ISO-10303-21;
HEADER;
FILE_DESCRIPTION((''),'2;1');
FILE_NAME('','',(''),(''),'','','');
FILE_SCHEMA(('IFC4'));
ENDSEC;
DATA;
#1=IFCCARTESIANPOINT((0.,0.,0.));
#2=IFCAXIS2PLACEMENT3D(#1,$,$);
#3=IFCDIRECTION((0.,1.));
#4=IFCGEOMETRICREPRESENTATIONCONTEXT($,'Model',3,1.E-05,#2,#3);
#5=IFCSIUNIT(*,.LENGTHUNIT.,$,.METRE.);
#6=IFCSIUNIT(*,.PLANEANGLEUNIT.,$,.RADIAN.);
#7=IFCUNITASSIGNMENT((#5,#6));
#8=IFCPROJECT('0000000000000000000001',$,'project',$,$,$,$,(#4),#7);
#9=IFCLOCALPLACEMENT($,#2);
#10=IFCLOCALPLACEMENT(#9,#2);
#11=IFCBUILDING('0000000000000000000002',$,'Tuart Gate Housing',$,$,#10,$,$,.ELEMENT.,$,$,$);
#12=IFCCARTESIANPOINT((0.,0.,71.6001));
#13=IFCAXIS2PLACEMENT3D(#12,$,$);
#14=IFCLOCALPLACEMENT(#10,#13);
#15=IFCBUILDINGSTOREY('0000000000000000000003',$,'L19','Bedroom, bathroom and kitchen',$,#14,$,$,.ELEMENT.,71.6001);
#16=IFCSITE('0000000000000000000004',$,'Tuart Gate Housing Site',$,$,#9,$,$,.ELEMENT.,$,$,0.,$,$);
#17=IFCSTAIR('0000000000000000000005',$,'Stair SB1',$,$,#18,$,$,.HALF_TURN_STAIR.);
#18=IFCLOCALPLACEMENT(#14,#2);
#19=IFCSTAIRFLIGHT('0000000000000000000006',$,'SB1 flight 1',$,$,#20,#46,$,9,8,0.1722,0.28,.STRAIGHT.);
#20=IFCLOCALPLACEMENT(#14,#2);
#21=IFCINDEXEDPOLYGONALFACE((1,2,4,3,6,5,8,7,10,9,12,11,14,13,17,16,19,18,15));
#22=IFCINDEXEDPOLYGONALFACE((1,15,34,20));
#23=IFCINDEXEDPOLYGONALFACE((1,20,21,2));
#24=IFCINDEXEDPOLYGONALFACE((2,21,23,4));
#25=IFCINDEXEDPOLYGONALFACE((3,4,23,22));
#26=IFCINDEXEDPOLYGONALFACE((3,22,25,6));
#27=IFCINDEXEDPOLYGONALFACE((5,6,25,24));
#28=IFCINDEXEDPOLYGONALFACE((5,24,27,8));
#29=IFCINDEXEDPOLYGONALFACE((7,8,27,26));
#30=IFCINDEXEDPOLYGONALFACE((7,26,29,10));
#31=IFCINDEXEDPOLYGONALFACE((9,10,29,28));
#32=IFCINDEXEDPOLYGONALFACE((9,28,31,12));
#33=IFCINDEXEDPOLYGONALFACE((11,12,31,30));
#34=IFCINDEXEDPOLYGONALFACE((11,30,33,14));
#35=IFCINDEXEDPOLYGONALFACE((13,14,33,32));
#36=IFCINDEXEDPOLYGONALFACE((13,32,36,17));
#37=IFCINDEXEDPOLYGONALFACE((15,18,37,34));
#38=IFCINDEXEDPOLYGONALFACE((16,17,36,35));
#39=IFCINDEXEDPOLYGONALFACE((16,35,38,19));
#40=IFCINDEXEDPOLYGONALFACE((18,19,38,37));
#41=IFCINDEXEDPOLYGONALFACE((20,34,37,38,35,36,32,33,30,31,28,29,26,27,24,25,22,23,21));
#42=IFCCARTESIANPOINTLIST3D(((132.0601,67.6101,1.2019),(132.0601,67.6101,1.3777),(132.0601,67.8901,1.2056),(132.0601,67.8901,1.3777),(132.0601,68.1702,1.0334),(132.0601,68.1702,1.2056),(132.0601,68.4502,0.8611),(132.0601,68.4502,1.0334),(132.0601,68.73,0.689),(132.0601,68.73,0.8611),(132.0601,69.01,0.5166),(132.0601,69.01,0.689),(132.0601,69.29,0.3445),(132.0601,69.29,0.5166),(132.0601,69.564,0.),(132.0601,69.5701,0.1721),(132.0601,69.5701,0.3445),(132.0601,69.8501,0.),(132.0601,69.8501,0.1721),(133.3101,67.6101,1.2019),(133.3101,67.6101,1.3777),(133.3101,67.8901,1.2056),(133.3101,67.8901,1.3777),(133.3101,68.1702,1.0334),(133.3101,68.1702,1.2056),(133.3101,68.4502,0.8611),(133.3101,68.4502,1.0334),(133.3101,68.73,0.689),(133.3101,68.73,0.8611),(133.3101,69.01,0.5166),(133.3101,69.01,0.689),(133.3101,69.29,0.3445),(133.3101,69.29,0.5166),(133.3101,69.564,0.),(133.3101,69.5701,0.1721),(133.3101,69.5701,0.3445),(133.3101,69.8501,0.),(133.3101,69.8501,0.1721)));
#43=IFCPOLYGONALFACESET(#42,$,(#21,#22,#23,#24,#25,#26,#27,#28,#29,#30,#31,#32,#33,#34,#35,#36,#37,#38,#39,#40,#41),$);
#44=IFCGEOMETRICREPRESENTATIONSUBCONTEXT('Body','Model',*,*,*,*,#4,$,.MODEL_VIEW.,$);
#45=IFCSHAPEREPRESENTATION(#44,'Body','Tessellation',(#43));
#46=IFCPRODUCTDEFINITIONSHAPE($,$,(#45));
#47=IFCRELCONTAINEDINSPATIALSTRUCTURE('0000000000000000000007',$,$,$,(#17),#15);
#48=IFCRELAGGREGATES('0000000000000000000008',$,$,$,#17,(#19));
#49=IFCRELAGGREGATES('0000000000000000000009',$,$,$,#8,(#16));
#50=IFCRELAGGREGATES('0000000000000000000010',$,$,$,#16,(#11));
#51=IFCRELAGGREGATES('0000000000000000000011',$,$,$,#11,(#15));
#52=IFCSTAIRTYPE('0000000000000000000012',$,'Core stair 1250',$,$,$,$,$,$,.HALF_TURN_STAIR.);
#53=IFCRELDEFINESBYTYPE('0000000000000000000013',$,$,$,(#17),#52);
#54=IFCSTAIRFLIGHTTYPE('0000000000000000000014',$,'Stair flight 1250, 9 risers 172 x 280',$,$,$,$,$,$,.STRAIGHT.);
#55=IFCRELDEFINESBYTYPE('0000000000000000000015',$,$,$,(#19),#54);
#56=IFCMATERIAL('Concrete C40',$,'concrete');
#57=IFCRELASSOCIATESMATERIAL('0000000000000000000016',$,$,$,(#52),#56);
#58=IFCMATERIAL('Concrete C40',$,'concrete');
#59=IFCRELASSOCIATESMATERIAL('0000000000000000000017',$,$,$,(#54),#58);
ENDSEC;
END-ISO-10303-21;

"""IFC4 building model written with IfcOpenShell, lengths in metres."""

from ifc_helpers import new_model, si_unit, direction, frame, origin, place, context, subcontext, project, spatial, polyline, outline, extrude, material, type_object, element, aggregate, save


model = new_model("IFC4")

# Units and contexts
model_context = context("Model", 3, precision=1e-05, world=origin(), true_north=direction((0.0, 1.0)))
body_context = subcontext(model_context, "Body", "Model", "MODEL_VIEW")
ifc_project = project(units=[si_unit("LENGTHUNIT", "METRE"), si_unit("PLANEANGLEUNIT", "RADIAN")], contexts=[model_context])

# Site, building, storey
site_placement = place(None, origin())
site = spatial("IfcSite", under=ifc_project, at=site_placement, Name="Tuart Gate Housing Site", CompositionType="ELEMENT", RefElevation=0.0)
building_placement = place(site_placement, origin())
building = spatial("IfcBuilding", under=site, at=building_placement, Name="Tuart Gate Housing", CompositionType="ELEMENT")
storey_placement = place(building_placement, frame((0.0, 0.0, 71.6001)))
storey = spatial("IfcBuildingStorey", under=building, at=storey_placement, Name="L19", Description="Bedroom, bathroom and kitchen", CompositionType="ELEMENT", Elevation=71.6001)

# Stair, stair flight
ifc_material_1 = material(Name="Concrete C40", Category="concrete")
stair_type = type_object("IfcStairType", Name="Core stair 1250", PredefinedType="HALF_TURN_STAIR", material=ifc_material_1)
stair_placement = place(storey_placement, origin())
stair = element("IfcStair", 1, at=stair_placement, inside=storey, type_object=stair_type, Name="Stair SB1", PredefinedType="HALF_TURN_STAIR")
ifc_material_2 = material(Name="Concrete C40", Category="concrete")
stair_flight_type = type_object("IfcStairFlightType", Name="Stair flight 1250, 9 risers 172 x 280", PredefinedType="STRAIGHT", material=ifc_material_2)
stair_flight_placement = place(storey_placement, frame((132.6851, 69.8501, 0.0), z_axis=(0.0, 0.0, 1.0), x_axis=(0.0, -1.0, 0.0)))
stair_flight = element("IfcStairFlight", 2, at=stair_flight_placement, type_object=stair_flight_type, Name="SB1 flight 1", NumberOfRisers=9, NumberOfTreads=8, PredefinedType="STRAIGHT", RiserHeight=0.1722, TreadLength=0.28, context=body_context, shape_type="SweptSolid", body=[
    extrude(outline(polyline([(0.0, 0.0), (0.0, 0.1721), (0.28, 0.1721), (0.28, 0.3445), (0.5601, 0.3445), (0.5601, 0.5166), (0.8401, 0.5166), (0.8401, 0.689), (1.1201, 0.689), (1.1201, 0.8611), (1.3999, 0.8611), (1.3999, 1.0334), (1.6799, 1.0334), (1.6799, 1.2056), (1.96, 1.2056), (1.96, 1.3777), (2.24, 1.3777), (2.24, 1.55), (2.24, 1.2019), (0.2861, 0.0), (0.0, 0.0)])), frame((0.0, 0.625, 0.0), z_axis=(0.0, -1.0, 0.0), x_axis=(1.0, 0.0, 0.0)), (0.0, 0.0, 1.0), 1.25),
])
aggregate(stair, [stair_flight])

save(model, "model.ifc")
